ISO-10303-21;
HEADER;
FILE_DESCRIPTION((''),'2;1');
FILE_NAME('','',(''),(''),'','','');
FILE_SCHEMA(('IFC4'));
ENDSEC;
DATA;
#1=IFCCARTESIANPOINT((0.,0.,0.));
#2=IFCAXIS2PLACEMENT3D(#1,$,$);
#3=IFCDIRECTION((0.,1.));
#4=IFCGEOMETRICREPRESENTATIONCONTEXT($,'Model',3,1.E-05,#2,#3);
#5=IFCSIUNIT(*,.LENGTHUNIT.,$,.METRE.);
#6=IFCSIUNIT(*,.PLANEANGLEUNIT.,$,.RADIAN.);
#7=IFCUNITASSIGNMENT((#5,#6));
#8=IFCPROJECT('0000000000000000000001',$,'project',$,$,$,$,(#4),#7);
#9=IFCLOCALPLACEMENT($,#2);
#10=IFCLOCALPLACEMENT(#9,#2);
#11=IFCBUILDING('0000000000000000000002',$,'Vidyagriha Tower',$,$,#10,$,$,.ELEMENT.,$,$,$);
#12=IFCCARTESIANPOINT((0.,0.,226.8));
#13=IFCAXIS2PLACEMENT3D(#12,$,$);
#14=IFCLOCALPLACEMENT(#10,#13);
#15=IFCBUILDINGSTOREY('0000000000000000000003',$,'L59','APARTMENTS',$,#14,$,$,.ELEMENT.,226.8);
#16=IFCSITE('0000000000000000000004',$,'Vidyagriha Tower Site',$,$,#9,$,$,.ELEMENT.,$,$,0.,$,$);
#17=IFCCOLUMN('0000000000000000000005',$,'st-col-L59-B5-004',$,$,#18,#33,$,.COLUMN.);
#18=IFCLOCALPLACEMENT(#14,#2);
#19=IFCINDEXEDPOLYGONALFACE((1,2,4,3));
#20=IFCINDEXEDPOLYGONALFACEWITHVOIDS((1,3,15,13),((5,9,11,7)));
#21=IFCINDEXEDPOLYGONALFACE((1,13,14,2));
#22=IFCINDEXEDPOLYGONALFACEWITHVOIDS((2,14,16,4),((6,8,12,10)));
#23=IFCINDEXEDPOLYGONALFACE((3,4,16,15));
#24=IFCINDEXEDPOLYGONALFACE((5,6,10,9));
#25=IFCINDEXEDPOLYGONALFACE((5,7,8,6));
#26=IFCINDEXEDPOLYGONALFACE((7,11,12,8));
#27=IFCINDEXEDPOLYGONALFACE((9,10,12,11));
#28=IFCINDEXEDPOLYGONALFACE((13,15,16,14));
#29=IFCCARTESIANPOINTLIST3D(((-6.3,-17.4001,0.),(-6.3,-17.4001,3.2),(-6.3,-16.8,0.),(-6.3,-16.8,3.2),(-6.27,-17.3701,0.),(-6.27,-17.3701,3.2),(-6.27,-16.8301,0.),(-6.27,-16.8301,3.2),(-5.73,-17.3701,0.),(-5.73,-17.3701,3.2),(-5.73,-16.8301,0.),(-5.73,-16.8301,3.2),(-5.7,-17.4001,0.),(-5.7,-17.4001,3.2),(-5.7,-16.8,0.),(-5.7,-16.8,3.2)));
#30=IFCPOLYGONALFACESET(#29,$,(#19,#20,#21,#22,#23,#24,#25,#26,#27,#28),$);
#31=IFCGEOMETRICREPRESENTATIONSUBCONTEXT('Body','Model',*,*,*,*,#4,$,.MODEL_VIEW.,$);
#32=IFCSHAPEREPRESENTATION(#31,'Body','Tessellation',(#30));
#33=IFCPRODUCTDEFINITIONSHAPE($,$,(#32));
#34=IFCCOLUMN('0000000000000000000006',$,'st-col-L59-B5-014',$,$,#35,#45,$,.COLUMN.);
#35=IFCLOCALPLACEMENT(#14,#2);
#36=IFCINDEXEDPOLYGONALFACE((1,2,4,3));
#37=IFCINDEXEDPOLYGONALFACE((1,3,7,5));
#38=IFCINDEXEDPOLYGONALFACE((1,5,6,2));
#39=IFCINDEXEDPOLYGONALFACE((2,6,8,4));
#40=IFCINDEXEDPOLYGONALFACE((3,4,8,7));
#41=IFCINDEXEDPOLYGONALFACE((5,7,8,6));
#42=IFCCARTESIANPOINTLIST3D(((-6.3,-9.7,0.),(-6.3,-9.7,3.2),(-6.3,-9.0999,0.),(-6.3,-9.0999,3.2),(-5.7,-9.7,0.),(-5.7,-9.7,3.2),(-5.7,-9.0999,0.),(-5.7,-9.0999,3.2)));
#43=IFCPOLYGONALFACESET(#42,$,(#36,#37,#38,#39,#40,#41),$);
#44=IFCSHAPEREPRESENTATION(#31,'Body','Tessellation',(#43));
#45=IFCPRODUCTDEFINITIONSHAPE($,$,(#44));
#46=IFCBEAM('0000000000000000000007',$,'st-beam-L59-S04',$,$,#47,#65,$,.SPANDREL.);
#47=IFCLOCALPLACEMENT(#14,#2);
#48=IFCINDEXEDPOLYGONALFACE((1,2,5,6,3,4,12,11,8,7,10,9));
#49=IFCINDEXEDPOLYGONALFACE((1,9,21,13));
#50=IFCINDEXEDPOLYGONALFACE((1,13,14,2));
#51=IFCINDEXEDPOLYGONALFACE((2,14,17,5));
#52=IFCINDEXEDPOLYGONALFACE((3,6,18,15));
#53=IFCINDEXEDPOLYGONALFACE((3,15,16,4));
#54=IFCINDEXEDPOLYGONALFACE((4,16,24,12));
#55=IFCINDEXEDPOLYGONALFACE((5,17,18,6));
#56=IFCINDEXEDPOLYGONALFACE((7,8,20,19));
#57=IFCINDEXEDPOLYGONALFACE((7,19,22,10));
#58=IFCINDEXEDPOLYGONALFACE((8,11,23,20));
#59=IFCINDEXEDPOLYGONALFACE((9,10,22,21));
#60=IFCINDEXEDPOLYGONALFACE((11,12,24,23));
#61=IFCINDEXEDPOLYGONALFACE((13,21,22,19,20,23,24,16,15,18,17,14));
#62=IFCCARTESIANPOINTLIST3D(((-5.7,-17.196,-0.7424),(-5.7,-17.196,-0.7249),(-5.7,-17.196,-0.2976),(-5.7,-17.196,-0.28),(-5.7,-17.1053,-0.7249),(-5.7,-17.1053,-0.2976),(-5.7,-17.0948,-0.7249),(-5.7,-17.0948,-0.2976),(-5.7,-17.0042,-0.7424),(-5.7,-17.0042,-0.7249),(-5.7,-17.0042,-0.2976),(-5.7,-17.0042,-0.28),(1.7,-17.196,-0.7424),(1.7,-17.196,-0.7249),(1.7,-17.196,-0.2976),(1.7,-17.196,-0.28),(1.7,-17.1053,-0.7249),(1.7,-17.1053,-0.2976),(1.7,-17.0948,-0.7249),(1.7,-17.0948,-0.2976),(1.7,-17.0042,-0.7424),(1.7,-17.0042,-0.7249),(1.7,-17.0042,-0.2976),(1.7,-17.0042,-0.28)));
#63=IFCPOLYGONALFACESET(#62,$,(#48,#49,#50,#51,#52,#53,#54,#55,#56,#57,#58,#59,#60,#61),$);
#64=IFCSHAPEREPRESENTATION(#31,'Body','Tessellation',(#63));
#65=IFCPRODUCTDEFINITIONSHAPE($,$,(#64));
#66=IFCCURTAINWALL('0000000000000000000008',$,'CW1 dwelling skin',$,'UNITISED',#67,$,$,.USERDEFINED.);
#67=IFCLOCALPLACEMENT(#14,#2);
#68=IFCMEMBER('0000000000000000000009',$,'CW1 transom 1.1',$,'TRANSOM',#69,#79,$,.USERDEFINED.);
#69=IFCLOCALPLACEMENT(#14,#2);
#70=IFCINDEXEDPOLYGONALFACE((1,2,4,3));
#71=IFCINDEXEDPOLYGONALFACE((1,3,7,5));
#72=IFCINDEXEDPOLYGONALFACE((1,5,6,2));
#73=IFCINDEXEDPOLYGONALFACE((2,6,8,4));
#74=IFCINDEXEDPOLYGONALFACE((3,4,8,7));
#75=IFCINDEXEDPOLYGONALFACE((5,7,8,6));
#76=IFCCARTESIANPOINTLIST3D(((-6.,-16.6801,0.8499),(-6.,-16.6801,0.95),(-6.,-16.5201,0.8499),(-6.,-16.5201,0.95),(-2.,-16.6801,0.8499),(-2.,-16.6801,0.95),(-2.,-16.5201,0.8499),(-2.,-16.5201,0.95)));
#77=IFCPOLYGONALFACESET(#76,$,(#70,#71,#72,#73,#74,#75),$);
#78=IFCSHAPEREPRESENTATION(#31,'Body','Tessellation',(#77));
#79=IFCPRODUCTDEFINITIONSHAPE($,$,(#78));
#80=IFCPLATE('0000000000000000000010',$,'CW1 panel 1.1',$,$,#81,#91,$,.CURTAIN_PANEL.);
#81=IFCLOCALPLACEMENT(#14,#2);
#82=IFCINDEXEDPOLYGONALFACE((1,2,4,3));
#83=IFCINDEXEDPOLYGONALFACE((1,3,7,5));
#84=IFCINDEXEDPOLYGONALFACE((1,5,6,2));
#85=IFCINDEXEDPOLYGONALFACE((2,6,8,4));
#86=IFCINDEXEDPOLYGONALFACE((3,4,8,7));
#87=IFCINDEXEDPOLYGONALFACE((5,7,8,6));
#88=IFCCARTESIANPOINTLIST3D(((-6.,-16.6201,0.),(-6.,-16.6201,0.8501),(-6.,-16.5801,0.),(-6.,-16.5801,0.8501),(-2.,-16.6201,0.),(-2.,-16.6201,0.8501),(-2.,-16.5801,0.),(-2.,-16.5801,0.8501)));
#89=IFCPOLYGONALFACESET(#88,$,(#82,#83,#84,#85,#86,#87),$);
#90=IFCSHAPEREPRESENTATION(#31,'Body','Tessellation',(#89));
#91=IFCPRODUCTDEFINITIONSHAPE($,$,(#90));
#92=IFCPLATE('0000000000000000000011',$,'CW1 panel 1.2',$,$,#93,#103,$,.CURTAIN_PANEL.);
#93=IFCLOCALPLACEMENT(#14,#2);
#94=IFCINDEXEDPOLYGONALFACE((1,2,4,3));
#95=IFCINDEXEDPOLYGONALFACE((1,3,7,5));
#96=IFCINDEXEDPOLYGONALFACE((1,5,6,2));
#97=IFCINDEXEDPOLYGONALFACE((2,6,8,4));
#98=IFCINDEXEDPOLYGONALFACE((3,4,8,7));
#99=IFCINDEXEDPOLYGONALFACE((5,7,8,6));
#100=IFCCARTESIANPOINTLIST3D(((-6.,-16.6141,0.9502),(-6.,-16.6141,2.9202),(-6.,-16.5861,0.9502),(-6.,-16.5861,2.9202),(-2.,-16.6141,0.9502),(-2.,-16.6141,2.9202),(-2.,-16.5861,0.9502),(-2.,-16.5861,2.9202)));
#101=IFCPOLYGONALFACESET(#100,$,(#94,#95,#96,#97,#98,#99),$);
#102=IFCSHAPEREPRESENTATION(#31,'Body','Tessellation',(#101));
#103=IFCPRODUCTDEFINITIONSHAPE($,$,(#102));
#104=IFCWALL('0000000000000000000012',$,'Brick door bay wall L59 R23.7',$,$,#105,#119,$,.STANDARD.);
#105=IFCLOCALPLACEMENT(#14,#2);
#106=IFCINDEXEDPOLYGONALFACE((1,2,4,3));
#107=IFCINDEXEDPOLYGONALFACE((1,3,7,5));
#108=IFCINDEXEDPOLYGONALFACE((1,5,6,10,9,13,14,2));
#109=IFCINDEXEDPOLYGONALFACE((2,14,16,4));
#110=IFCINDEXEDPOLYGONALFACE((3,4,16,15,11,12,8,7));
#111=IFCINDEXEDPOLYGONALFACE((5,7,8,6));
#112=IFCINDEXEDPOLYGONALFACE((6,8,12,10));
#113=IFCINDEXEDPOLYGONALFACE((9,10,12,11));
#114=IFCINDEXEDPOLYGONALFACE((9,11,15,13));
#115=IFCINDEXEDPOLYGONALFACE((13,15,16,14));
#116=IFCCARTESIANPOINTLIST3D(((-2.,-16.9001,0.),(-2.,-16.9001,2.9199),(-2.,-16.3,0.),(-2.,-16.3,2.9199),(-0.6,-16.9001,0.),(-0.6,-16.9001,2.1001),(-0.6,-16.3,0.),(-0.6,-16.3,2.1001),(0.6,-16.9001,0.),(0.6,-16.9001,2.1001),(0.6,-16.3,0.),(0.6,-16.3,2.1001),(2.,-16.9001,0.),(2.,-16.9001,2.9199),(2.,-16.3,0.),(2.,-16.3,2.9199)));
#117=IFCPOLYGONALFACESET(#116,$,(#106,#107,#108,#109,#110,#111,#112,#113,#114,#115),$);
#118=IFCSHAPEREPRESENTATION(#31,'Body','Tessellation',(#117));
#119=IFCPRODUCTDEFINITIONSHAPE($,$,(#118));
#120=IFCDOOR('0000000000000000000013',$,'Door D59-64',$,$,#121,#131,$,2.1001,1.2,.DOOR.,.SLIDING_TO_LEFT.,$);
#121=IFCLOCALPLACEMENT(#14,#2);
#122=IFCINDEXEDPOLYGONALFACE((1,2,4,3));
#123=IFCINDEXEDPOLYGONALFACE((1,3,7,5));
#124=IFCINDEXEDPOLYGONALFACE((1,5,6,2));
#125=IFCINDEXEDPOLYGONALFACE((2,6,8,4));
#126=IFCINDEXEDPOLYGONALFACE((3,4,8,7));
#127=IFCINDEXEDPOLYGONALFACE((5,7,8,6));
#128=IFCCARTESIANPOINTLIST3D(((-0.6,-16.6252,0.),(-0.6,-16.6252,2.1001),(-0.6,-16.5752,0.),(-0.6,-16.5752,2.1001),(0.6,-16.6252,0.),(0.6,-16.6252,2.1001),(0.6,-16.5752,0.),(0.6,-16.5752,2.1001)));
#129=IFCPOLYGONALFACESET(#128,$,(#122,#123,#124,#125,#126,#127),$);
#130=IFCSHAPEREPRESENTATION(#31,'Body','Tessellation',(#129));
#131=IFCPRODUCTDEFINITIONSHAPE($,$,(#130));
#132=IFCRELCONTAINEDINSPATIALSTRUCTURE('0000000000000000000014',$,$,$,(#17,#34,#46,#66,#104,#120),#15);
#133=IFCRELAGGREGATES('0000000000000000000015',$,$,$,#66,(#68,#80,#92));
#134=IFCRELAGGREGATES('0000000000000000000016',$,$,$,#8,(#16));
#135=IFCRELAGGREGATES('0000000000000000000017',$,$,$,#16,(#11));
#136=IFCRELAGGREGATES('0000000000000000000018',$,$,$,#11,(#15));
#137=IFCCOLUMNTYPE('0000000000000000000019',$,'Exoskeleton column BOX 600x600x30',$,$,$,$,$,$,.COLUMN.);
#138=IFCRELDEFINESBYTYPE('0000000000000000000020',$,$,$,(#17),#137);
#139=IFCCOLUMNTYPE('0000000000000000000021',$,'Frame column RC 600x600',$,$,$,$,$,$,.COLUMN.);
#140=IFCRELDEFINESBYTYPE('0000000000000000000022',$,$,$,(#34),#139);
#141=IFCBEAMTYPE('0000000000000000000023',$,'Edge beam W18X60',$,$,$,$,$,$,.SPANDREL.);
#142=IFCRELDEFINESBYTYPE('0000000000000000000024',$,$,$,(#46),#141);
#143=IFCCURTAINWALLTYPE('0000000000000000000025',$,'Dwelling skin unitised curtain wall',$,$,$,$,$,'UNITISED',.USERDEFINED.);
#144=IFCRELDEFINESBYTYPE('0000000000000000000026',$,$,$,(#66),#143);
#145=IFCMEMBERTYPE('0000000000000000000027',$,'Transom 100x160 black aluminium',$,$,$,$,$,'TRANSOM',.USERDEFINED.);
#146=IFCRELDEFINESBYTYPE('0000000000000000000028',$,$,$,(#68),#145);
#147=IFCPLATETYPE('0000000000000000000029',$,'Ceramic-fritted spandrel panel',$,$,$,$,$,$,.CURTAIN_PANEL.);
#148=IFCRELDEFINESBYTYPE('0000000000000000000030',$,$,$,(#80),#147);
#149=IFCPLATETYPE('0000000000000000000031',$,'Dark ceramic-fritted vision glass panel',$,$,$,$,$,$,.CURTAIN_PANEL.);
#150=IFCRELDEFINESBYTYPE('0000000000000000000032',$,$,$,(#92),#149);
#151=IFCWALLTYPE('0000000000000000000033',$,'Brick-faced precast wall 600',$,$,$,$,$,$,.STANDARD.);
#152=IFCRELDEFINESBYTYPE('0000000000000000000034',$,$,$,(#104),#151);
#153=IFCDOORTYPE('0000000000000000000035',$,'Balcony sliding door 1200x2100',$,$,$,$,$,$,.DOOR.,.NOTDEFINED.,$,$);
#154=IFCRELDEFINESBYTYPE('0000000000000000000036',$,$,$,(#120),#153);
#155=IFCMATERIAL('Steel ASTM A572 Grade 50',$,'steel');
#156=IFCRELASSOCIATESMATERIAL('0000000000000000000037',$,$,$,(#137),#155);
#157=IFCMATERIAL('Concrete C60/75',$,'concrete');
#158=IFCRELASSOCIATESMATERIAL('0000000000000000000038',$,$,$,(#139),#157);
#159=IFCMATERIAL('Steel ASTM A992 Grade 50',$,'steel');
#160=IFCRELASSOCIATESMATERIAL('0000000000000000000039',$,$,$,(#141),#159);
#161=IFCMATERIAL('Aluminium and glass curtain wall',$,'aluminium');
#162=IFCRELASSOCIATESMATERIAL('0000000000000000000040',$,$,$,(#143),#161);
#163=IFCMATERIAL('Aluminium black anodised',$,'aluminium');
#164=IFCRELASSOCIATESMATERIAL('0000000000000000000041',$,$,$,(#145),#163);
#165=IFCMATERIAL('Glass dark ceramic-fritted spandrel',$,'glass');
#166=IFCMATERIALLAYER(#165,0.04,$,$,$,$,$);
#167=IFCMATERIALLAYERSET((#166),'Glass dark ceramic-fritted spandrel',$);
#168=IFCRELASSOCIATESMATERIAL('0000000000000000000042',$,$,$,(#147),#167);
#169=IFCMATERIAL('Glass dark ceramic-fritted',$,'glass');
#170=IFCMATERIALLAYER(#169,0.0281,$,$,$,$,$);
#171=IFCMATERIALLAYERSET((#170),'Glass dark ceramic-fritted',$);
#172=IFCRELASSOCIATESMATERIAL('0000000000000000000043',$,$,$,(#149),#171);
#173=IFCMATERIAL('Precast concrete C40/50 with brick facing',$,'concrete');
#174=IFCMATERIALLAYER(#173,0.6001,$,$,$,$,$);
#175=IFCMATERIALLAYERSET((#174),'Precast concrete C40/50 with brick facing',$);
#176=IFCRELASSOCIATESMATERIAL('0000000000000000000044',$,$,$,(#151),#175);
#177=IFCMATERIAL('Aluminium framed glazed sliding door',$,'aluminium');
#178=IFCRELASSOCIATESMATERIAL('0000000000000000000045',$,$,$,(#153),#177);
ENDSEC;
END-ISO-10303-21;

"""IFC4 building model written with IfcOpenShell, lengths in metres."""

from ifc_helpers import new_model, si_unit, direction, frame, frame_2d, origin, origin_2d, place, context, subcontext, project, spatial, rectangle, hollow_rectangle, i_section, extrude, material, layer, layer_set, material_profile, profile_set, type_object, element, fill, aggregate, save


model = new_model("IFC4")

# Units and contexts
model_context = context("Model", 3, precision=1e-05, world=origin(), true_north=direction((0.0, 1.0)))
body_context = subcontext(model_context, "Body", "Model", "MODEL_VIEW")
ifc_project = project(units=[si_unit("LENGTHUNIT", "METRE"), si_unit("PLANEANGLEUNIT", "RADIAN")], contexts=[model_context])

# Site, building, storey
site_placement = place(None, origin())
site = spatial("IfcSite", under=ifc_project, at=site_placement, Name="Vidyagriha Tower Site", CompositionType="ELEMENT", RefElevation=0.0)
building_placement = place(site_placement, origin())
building = spatial("IfcBuilding", under=site, at=building_placement, Name="Vidyagriha Tower", CompositionType="ELEMENT")
storey_placement = place(building_placement, frame((0.0, 0.0, 226.8)))
storey = spatial("IfcBuildingStorey", under=building, at=storey_placement, Name="L59", Description="APARTMENTS", CompositionType="ELEMENT", Elevation=226.8)

# Columns
ifc_material_1 = material(Name="Steel ASTM A572 Grade 50", Category="steel")
ifc_material_profile_1 = material_profile(ifc_material_1, hollow_rectangle(XDim=0.6001, YDim=0.6001, WallThickness=0.03, at=origin_2d()), Name="BOX 600x600x30")
ifc_profile_set_1 = profile_set([ifc_material_profile_1], Name="Steel ASTM A572 Grade 50")
column_type_1 = type_object("IfcColumnType", Name="Exoskeleton column BOX 600x600x30", PredefinedType="COLUMN", material=ifc_profile_set_1)
column_1_placement = place(storey_placement, frame((-6.0, -17.1001, 0.0)))
element("IfcColumn", 1, at=column_1_placement, inside=storey, type_object=column_type_1, Name="st-col-L59-B5-004", PredefinedType="COLUMN", context=body_context, shape_type="SweptSolid", body=[
    extrude(hollow_rectangle(XDim=0.6001, YDim=0.6001, WallThickness=0.03, at=origin_2d()), origin(), (0.0, 0.0, 1.0), 3.2),
])
ifc_material_2 = material(Name="Concrete C60/75", Category="concrete")
ifc_material_profile_2 = material_profile(ifc_material_2, rectangle(XDim=0.6001, YDim=0.6001, at=origin_2d()), Name="RC 600x600")
ifc_profile_set_2 = profile_set([ifc_material_profile_2], Name="Concrete C60/75")
column_type_2 = type_object("IfcColumnType", Name="Frame column RC 600x600", PredefinedType="COLUMN", material=ifc_profile_set_2)
column_2_placement = place(storey_placement, frame((-6.0, -9.3999, 0.0)))
element("IfcColumn", 2, at=column_2_placement, inside=storey, type_object=column_type_2, Name="st-col-L59-B5-014", PredefinedType="COLUMN", context=body_context, shape_type="SweptSolid", body=[
    extrude(rectangle(XDim=0.6001, YDim=0.6001, at=origin_2d()), origin(), (0.0, 0.0, 1.0), 3.2),
])

# Beam
ifc_material_3 = material(Name="Steel ASTM A992 Grade 50", Category="steel")
ifc_material_profile_3 = material_profile(ifc_material_3, i_section(OverallWidth=0.1919, OverallDepth=0.4624, WebThickness=0.0105, FlangeThickness=0.0176, at=origin_2d()), Name="W18X60")
ifc_profile_set_3 = profile_set([ifc_material_profile_3], Name="Steel ASTM A992 Grade 50")
beam_type = type_object("IfcBeamType", Name="Edge beam W18X60", PredefinedType="SPANDREL", material=ifc_profile_set_3)
beam_placement = place(storey_placement, frame((-5.7, -17.1001, -0.5112), z_axis=(1.0, 0.0, 0.0), x_axis=(0.0, 1.0, 0.0)))
element("IfcBeam", 3, at=beam_placement, inside=storey, type_object=beam_type, Name="st-beam-L59-S04", PredefinedType="SPANDREL", context=body_context, shape_type="SweptSolid", body=[
    extrude(i_section(OverallWidth=0.1919, OverallDepth=0.4624, WebThickness=0.0105, FlangeThickness=0.0176, at=origin_2d()), origin(), (0.0, 0.0, 1.0), 7.3999),
])

# Curtain wall, member, plates
ifc_material_4 = material(Name="Aluminium and glass curtain wall", Category="aluminium")
curtain_wall_type = type_object("IfcCurtainWallType", Name="Dwelling skin unitised curtain wall", ElementType="UNITISED", PredefinedType="USERDEFINED", material=ifc_material_4)
curtain_wall_placement = place(storey_placement, origin())
curtain_wall = element("IfcCurtainWall", 4, at=curtain_wall_placement, inside=storey, type_object=curtain_wall_type, Name="CW1 dwelling skin", ObjectType="UNITISED", PredefinedType="USERDEFINED")
ifc_material_5 = material(Name="Aluminium black anodised", Category="aluminium")
ifc_material_profile_4 = material_profile(ifc_material_5, rectangle(XDim=0.1599, YDim=0.1001, at=origin_2d()), Name="Transom 100x160 black aluminium")
ifc_profile_set_4 = profile_set([ifc_material_profile_4], Name="Aluminium black anodised")
member_type = type_object("IfcMemberType", Name="Transom 100x160 black aluminium", ElementType="TRANSOM", PredefinedType="USERDEFINED", material=ifc_profile_set_4)
member_placement = place(storey_placement, frame((-6.0, -16.6001, 0.8999), z_axis=(1.0, 0.0, 0.0), x_axis=(0.0, 1.0, 0.0)))
member = element("IfcMember", 5, at=member_placement, type_object=member_type, Name="CW1 transom 1.1", ObjectType="TRANSOM", PredefinedType="USERDEFINED", context=body_context, shape_type="SweptSolid", body=[
    extrude(rectangle(XDim=0.1599, YDim=0.1001, at=origin_2d()), origin(), (0.0, 0.0, 1.0), 4.0),
])
ifc_material_6 = material(Name="Glass dark ceramic-fritted spandrel", Category="glass")
ifc_layer_1 = layer(ifc_material_6, 0.04)
ifc_layer_set_1 = layer_set([ifc_layer_1], Name="Glass dark ceramic-fritted spandrel")
plate_type_1 = type_object("IfcPlateType", Name="Ceramic-fritted spandrel panel", PredefinedType="CURTAIN_PANEL", material=ifc_layer_set_1)
plate_1_placement = place(storey_placement, frame((-4.0, -16.6001, 0.0)))
plate_1 = element("IfcPlate", 6, at=plate_1_placement, type_object=plate_type_1, Name="CW1 panel 1.1", PredefinedType="CURTAIN_PANEL", context=body_context, shape_type="SweptSolid", body=[
    extrude(rectangle(XDim=4.0, YDim=0.04, at=origin_2d()), origin(), (0.0, 0.0, 1.0), 0.8501),
])
ifc_material_7 = material(Name="Glass dark ceramic-fritted", Category="glass")
ifc_layer_2 = layer(ifc_material_7, 0.0281)
ifc_layer_set_2 = layer_set([ifc_layer_2], Name="Glass dark ceramic-fritted")
plate_type_2 = type_object("IfcPlateType", Name="Dark ceramic-fritted vision glass panel", PredefinedType="CURTAIN_PANEL", material=ifc_layer_set_2)
plate_2_placement = place(storey_placement, frame((-4.0, -16.6001, 0.9502)))
plate_2 = element("IfcPlate", 7, at=plate_2_placement, type_object=plate_type_2, Name="CW1 panel 1.2", PredefinedType="CURTAIN_PANEL", context=body_context, shape_type="SweptSolid", body=[
    extrude(rectangle(XDim=4.0, YDim=0.0281, at=origin_2d()), origin(), (0.0, 0.0, 1.0), 1.97),
])
aggregate(curtain_wall, [member, plate_1, plate_2])

# Wall, opening, door
ifc_material_8 = material(Name="Precast concrete C40/50 with brick facing", Category="concrete")
ifc_layer_3 = layer(ifc_material_8, 0.6001)
ifc_layer_set_3 = layer_set([ifc_layer_3], Name="Precast concrete C40/50 with brick facing")
wall_type_1 = type_object("IfcWallType", Name="Brick-faced precast wall 600", PredefinedType="STANDARD", material=ifc_layer_set_3)
wall_1_placement = place(storey_placement, frame((-2.0, -16.6001, 0.0)))
wall_1 = element("IfcWall", 8, at=wall_1_placement, inside=storey, type_object=wall_type_1, Name="Brick door bay wall L59 R23.7", PredefinedType="STANDARD", context=body_context, shape_type="SweptSolid", body=[
    extrude(rectangle(XDim=4.0, YDim=0.6001, at=frame_2d((2.0, 0.0))), origin(), (0.0, 0.0, 1.0), 2.9199),
])
opening_1_placement = place(wall_1_placement, frame((1.3999, 0.0, 0.0)))
opening_1 = element("IfcOpeningElement", 9, at=opening_1_placement, cuts=wall_1, PredefinedType="OPENING", context=body_context, shape_type="SweptSolid", body=[
    extrude(rectangle(XDim=1.2, YDim=2.1001, at=frame_2d((0.6001, 1.05))), frame((0.0, 0.3101, 0.0), z_axis=(0.0, -1.0, 0.0), x_axis=(1.0, 0.0, 0.0)), (0.0, 0.0, 1.0), 0.6201),
])
ifc_material_9 = material(Name="Aluminium framed glazed sliding door", Category="aluminium")
door_type_1 = type_object("IfcDoorType", Name="Balcony sliding door 1200x2100", OperationType="NOTDEFINED", PredefinedType="DOOR", material=ifc_material_9)
door_1_placement = place(opening_1_placement, origin())
door_1 = element("IfcDoor", 10, at=door_1_placement, inside=storey, type_object=door_type_1, Name="Door D59-64", OperationType="SLIDING_TO_LEFT", OverallHeight=2.1001, OverallWidth=1.2, PredefinedType="DOOR", context=body_context, shape_type="SweptSolid", body=[
    extrude(rectangle(XDim=1.2, YDim=2.1001, at=frame_2d((0.6001, 1.05))), frame((0.0, 0.0249, 0.0), z_axis=(0.0, -1.0, 0.0), x_axis=(1.0, 0.0, 0.0)), (0.0, 0.0, 1.0), 0.05),
])
fill(opening_1, door_1)

save(model, "model.ifc")
